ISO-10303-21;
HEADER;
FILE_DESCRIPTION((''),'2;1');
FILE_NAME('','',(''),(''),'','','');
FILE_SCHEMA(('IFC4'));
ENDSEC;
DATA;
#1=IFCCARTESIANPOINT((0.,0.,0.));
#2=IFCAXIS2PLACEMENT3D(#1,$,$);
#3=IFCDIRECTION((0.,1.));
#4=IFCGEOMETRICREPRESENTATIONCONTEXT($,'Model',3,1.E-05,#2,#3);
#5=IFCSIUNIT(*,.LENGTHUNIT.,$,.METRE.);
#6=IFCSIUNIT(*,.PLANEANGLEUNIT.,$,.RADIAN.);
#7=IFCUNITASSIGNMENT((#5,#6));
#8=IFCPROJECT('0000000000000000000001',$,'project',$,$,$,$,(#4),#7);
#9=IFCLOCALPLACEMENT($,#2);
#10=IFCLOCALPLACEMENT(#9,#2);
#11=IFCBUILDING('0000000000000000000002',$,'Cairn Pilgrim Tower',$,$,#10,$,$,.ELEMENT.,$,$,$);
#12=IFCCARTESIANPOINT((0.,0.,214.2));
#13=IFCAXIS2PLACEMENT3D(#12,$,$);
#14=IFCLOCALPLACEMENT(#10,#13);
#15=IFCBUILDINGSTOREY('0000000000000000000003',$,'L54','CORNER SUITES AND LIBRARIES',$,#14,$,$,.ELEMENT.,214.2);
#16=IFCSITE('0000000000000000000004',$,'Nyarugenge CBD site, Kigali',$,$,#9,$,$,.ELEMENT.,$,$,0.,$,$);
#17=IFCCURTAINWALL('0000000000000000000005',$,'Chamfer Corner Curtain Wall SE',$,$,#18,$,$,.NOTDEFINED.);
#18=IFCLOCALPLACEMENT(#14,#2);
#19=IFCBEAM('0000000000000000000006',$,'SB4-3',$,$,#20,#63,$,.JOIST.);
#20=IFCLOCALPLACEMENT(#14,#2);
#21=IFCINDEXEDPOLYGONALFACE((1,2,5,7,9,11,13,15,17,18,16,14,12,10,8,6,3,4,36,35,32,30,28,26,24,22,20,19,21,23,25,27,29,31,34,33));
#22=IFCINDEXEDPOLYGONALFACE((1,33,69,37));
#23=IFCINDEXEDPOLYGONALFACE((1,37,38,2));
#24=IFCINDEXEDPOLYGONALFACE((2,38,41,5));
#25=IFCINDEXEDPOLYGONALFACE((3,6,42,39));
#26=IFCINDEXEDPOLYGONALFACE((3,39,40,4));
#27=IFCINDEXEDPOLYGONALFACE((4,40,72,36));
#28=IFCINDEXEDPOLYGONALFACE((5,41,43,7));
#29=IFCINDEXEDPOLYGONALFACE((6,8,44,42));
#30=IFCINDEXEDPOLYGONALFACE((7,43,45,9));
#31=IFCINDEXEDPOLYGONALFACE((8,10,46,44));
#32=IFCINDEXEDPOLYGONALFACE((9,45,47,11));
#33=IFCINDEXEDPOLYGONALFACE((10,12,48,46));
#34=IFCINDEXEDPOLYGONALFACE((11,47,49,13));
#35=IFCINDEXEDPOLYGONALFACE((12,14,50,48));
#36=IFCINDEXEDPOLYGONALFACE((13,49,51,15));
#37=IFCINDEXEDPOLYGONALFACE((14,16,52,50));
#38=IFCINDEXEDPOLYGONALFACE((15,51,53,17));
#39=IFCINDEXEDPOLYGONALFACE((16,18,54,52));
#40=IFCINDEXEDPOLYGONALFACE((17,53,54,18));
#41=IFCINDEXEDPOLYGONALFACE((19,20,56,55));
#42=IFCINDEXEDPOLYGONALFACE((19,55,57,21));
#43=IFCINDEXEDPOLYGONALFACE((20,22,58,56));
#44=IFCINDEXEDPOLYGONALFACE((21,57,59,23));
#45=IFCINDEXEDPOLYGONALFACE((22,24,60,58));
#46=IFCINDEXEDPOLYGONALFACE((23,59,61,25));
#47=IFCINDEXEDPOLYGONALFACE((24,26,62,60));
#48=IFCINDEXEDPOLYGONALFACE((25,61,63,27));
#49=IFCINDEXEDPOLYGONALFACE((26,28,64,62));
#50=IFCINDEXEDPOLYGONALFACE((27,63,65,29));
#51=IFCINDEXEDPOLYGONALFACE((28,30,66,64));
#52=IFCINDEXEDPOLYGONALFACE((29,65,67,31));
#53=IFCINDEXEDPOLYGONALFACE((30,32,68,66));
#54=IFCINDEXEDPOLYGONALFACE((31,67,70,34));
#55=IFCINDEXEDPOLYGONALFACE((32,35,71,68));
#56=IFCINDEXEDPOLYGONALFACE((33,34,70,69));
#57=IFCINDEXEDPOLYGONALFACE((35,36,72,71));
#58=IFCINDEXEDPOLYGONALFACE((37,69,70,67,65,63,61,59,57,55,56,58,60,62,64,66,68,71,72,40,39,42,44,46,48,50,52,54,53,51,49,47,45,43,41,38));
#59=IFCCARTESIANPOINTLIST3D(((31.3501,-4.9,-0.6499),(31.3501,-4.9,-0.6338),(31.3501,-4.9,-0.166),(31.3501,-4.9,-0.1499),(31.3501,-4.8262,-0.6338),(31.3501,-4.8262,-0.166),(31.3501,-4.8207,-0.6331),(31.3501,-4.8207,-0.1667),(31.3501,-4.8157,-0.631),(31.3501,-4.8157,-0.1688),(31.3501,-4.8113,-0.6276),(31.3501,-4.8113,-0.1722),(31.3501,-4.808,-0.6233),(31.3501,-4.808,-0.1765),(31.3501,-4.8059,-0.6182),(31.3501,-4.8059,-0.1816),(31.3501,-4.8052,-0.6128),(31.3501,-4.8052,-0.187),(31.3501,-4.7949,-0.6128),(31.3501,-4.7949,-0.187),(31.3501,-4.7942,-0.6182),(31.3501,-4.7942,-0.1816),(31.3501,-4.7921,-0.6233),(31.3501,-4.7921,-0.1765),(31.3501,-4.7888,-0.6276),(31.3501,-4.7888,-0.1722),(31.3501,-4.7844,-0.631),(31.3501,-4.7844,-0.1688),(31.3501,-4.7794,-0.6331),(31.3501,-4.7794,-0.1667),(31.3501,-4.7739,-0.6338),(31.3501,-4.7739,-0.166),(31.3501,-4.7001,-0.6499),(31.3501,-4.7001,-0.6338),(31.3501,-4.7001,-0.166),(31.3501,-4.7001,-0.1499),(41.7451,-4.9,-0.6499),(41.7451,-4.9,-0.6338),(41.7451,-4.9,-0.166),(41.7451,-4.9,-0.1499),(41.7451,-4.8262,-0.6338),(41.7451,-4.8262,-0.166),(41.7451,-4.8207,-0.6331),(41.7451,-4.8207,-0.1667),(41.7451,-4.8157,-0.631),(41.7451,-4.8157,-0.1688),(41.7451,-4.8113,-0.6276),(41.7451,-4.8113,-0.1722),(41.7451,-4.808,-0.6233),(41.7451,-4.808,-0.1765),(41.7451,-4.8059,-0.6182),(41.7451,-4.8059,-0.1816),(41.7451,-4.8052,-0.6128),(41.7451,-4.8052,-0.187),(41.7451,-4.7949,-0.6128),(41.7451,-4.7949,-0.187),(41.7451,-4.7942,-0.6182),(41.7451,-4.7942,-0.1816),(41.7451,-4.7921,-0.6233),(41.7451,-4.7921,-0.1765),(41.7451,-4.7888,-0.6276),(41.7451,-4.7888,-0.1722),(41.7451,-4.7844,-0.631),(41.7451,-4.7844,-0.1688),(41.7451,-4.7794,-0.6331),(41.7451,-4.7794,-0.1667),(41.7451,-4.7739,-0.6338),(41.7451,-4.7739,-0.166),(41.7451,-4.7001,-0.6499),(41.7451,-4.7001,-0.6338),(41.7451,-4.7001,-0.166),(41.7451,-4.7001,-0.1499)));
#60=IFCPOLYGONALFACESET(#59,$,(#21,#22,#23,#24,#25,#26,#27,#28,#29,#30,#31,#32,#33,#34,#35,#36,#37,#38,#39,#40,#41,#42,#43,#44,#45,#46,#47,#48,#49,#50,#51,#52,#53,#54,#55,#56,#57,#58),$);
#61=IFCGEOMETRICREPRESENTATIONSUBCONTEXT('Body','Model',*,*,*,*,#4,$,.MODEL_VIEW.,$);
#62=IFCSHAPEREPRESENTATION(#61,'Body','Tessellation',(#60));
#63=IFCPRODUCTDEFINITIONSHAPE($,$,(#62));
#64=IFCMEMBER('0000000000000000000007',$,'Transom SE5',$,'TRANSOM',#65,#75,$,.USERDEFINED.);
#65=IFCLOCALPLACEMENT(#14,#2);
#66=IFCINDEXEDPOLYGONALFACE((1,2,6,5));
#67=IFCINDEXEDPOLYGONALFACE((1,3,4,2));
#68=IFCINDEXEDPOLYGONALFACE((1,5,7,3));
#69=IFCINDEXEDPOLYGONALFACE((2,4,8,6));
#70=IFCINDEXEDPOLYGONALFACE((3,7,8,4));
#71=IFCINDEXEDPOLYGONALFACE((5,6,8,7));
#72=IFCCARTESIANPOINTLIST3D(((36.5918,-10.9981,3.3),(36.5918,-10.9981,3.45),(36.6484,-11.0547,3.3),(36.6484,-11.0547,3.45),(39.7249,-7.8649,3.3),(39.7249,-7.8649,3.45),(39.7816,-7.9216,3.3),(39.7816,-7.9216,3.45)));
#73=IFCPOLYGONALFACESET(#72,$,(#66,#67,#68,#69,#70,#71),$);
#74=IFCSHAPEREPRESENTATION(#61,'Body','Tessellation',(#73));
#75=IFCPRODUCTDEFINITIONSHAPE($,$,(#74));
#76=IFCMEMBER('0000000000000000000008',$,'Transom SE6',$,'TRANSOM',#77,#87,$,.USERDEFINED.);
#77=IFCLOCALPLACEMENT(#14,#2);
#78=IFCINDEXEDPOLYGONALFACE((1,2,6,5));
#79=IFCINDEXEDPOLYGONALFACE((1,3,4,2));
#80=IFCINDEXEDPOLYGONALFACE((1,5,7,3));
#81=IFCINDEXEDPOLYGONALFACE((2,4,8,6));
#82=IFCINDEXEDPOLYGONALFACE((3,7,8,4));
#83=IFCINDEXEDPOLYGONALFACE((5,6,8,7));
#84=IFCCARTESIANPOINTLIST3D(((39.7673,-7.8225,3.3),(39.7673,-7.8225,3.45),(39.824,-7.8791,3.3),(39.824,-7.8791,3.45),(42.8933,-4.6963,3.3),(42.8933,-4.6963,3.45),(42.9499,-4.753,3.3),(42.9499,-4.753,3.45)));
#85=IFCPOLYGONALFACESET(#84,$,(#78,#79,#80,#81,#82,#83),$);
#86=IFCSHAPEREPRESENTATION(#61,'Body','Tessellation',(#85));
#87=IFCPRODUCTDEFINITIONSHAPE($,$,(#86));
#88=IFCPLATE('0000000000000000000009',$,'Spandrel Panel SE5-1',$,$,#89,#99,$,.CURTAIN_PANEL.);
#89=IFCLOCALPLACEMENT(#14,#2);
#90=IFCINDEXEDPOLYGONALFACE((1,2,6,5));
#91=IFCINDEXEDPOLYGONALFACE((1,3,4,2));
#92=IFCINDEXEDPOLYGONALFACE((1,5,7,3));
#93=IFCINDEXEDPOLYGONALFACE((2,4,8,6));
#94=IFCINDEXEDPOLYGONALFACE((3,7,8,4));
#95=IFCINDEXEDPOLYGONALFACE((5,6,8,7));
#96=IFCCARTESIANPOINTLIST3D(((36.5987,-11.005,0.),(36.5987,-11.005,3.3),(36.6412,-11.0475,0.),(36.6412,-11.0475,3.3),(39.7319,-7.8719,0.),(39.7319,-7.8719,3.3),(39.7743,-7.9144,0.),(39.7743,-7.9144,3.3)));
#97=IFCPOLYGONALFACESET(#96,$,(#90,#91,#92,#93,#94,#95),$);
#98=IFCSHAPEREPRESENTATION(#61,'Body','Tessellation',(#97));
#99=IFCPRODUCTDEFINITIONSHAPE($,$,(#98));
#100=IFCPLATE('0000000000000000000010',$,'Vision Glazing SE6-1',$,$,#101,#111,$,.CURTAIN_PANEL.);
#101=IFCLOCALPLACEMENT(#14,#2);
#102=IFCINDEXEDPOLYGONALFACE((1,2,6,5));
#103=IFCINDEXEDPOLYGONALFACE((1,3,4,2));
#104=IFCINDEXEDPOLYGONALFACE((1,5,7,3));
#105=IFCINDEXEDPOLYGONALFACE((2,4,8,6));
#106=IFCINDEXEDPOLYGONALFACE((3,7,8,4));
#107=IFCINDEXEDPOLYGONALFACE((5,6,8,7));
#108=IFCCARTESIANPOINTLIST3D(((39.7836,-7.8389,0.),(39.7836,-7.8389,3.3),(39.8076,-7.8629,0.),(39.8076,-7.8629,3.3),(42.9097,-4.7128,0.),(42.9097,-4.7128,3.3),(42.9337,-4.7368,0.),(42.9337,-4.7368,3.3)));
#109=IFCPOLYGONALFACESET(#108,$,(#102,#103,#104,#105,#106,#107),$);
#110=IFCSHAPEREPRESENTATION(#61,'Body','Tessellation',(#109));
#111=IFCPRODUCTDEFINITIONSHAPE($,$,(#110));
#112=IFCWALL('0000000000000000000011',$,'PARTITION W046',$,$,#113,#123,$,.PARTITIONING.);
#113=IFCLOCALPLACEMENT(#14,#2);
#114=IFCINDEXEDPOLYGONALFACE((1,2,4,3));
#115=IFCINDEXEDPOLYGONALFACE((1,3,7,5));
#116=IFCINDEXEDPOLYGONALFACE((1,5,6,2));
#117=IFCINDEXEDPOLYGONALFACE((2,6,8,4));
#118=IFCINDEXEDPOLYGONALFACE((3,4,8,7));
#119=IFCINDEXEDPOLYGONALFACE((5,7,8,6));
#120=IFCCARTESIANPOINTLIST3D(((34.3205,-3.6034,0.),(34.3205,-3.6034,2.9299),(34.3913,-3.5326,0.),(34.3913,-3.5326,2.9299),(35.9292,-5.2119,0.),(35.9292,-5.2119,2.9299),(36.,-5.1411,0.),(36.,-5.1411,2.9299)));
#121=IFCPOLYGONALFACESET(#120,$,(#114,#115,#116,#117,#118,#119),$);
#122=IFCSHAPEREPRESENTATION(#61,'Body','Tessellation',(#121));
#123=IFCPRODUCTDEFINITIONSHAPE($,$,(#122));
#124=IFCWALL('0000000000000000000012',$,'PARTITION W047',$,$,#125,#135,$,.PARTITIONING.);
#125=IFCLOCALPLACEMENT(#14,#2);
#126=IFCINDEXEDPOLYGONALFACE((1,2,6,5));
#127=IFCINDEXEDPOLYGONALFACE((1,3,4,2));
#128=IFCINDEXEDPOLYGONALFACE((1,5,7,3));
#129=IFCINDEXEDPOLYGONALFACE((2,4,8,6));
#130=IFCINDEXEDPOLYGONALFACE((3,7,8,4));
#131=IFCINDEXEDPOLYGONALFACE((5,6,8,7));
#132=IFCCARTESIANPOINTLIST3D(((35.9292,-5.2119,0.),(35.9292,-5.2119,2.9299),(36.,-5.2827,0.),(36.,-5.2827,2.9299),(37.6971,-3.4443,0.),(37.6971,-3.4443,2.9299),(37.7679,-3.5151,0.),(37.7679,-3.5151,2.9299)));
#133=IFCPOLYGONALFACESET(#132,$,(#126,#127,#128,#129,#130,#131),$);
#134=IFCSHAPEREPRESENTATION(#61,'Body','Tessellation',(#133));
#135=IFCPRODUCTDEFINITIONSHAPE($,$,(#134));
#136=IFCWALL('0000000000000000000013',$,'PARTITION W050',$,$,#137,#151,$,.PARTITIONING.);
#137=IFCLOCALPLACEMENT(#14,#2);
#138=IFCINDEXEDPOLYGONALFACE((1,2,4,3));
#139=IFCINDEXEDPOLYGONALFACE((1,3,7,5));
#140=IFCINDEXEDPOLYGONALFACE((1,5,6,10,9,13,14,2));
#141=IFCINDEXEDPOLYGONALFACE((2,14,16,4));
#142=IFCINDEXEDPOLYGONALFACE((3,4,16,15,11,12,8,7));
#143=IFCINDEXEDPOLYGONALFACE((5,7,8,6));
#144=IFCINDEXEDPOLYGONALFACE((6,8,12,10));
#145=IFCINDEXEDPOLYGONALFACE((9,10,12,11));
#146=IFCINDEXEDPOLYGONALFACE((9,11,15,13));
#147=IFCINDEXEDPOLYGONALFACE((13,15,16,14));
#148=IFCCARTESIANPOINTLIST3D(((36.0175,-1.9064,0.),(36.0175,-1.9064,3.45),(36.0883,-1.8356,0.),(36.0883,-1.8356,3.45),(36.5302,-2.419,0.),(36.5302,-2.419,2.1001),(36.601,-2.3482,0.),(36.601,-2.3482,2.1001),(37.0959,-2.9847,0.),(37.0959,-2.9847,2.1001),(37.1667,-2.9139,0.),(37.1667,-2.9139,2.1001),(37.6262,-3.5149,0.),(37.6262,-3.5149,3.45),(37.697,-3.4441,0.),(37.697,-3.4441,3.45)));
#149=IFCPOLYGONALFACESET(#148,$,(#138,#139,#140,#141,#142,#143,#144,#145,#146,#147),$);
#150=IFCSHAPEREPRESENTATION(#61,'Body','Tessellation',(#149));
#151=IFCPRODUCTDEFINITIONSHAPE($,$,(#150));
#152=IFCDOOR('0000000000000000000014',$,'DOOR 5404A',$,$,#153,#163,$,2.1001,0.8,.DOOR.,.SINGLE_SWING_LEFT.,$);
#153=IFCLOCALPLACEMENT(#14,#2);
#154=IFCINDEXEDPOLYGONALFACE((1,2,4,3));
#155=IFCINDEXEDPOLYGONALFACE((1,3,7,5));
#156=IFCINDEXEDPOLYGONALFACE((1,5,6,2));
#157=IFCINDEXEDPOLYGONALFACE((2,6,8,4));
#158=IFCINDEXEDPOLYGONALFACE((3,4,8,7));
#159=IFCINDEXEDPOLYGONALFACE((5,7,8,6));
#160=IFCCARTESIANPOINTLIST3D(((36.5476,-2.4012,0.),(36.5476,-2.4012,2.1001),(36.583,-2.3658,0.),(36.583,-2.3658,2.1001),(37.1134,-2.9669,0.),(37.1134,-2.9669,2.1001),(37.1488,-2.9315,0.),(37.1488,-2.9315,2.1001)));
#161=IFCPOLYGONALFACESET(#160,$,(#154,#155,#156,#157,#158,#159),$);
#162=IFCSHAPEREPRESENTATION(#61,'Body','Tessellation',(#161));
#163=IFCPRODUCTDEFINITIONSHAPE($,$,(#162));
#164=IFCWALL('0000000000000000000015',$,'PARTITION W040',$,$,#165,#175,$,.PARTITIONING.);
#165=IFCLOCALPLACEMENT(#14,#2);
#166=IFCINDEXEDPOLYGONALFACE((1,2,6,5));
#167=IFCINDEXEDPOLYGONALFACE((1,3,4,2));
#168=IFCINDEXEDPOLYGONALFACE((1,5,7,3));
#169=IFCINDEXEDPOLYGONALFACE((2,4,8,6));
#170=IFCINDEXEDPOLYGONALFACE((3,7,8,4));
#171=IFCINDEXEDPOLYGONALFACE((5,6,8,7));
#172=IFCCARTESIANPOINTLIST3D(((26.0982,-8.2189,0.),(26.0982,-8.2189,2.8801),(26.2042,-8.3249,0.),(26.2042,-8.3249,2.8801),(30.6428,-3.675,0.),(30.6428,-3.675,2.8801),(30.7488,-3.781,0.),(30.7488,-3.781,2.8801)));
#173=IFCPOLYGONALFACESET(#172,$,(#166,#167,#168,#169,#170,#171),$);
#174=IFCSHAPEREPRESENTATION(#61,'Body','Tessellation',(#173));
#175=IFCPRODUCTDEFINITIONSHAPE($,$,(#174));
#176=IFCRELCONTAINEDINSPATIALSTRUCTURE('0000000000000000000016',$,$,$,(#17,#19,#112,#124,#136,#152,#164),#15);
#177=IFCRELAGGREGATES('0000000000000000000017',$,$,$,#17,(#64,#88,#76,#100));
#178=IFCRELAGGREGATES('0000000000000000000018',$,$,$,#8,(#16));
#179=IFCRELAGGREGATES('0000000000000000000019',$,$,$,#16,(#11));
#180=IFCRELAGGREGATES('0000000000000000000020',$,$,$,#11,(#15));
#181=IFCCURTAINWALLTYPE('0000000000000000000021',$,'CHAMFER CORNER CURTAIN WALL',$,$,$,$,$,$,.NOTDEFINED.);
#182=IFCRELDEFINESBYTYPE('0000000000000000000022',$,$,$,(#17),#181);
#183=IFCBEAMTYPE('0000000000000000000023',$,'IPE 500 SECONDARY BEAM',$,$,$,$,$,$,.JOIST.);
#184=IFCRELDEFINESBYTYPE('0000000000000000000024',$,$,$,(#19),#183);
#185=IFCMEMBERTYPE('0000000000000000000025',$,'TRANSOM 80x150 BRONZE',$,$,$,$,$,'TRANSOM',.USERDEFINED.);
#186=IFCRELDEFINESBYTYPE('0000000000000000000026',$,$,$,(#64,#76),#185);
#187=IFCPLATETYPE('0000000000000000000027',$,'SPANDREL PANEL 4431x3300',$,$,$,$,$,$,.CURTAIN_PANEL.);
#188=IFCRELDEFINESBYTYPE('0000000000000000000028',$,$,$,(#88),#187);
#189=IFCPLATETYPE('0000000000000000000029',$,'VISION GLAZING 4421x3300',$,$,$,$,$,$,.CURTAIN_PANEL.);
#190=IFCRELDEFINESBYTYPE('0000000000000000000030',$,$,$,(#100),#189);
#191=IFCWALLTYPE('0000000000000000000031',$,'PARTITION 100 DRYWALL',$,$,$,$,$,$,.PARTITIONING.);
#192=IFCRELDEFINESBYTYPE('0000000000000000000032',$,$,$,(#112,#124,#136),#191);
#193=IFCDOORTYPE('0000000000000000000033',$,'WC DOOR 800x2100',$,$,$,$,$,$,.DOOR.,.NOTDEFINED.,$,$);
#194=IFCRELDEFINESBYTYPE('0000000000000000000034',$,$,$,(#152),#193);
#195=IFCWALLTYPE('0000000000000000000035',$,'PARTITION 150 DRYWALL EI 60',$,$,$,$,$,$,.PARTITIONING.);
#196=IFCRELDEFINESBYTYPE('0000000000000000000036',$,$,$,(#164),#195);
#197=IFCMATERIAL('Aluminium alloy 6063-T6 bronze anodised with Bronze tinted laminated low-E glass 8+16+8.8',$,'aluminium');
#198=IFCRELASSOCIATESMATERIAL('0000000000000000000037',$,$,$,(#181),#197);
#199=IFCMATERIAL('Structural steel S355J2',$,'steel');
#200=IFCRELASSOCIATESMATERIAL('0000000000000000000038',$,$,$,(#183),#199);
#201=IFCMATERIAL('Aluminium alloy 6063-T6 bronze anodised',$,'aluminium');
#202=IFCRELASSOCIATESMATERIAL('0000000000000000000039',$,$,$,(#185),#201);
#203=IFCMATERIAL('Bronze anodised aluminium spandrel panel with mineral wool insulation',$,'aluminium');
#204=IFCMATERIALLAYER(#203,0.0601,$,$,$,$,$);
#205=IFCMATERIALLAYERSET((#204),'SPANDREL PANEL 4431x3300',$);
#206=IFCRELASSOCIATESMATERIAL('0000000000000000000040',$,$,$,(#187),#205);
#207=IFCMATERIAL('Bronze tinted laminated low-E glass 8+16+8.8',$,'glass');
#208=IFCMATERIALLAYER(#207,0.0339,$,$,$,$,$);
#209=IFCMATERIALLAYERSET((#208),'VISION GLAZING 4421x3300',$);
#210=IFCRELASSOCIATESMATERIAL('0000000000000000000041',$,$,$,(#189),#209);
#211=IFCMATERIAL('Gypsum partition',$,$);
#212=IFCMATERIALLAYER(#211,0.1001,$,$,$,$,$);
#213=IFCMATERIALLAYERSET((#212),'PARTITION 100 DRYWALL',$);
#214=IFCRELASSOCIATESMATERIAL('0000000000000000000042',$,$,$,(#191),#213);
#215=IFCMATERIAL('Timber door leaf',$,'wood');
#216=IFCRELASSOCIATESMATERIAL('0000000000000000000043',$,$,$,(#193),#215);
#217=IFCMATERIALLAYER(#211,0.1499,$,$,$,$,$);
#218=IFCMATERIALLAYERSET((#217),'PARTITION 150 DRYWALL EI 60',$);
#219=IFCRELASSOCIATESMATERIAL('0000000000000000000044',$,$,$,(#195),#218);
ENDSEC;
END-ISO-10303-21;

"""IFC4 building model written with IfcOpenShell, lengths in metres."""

from ifc_helpers import new_model, si_unit, direction, frame, frame_2d, origin, origin_2d, place, context, subcontext, project, spatial, rectangle, i_section, extrude, material, layer, layer_set, material_profile, profile_set, type_object, element, fill, aggregate, save


model = new_model("IFC4")

# Units and contexts
model_context = context("Model", 3, precision=1e-05, world=origin(), true_north=direction((0.0, 1.0)))
body_context = subcontext(model_context, "Body", "Model", "MODEL_VIEW")
ifc_project = project(units=[si_unit("LENGTHUNIT", "METRE"), si_unit("PLANEANGLEUNIT", "RADIAN")], contexts=[model_context])

# Site, building, storey
site_placement = place(None, origin())
site = spatial("IfcSite", under=ifc_project, at=site_placement, Name="Nyarugenge CBD site, Kigali", CompositionType="ELEMENT", RefElevation=0.0)
building_placement = place(site_placement, origin())
building = spatial("IfcBuilding", under=site, at=building_placement, Name="Cairn Pilgrim Tower", CompositionType="ELEMENT")
storey_placement = place(building_placement, frame((0.0, 0.0, 214.2)))
storey = spatial("IfcBuildingStorey", under=building, at=storey_placement, Name="L54", Description="CORNER SUITES AND LIBRARIES", CompositionType="ELEMENT", Elevation=214.2)

# Shared definitions
ifc_material_1 = material(Name="Structural steel S355J2", Category="steel")

# Curtain wall
ifc_material_2 = material(Name="Aluminium alloy 6063-T6 bronze anodised with Bronze tinted laminated low-E glass 8+16+8.8", Category="aluminium")
curtain_wall_type_1 = type_object("IfcCurtainWallType", Name="CHAMFER CORNER CURTAIN WALL", PredefinedType="NOTDEFINED", material=ifc_material_2)
curtain_wall_1_placement = place(storey_placement, origin())
curtain_wall_1 = element("IfcCurtainWall", 1, at=curtain_wall_1_placement, inside=storey, type_object=curtain_wall_type_1, Name="Chamfer Corner Curtain Wall SE", PredefinedType="NOTDEFINED")
ifc_material_3 = material(Name="Aluminium alloy 6063-T6 bronze anodised", Category="aluminium")

# Beam
ifc_material_profile_1 = material_profile(ifc_material_1, i_section(OverallWidth=0.2, OverallDepth=0.5, WebThickness=0.0103, FlangeThickness=0.0161, FilletRadius=0.021, at=origin_2d()), Name="IPE 500")
ifc_profile_set_1 = profile_set([ifc_material_profile_1], Name="Structural steel S355J2")
beam_type_1 = type_object("IfcBeamType", Name="IPE 500 SECONDARY BEAM", PredefinedType="JOIST", material=ifc_profile_set_1)
beam_1_placement = place(storey_placement, frame((31.3501, -4.8, -0.3999), z_axis=(1.0, 0.0, 0.0), x_axis=(0.0, 1.0, 0.0)))
element("IfcBeam", 2, at=beam_1_placement, inside=storey, type_object=beam_type_1, Name="SB4-3", PredefinedType="JOIST", context=body_context, shape_type="SweptSolid", body=[
    extrude(i_section(OverallWidth=0.2, OverallDepth=0.5, WebThickness=0.0103, FlangeThickness=0.0161, FilletRadius=0.021, at=origin_2d()), origin(), (0.0, 0.0, 1.0), 10.395),
])

# Members
ifc_material_profile_2 = material_profile(ifc_material_3, rectangle(XDim=0.0801, YDim=0.1499, at=origin_2d()), Name="TRANSOM 80x150 BRONZE")
ifc_profile_set_2 = profile_set([ifc_material_profile_2], Name="Aluminium alloy 6063-T6 bronze anodised")
member_type_1 = type_object("IfcMemberType", Name="TRANSOM 80x150 BRONZE", ElementType="TRANSOM", PredefinedType="USERDEFINED", material=ifc_profile_set_2)
member_1_placement = place(storey_placement, frame((36.6201, -11.0264, 3.375), z_axis=(0.707107, 0.707107, 0.0), x_axis=(-0.707107, 0.707107, 0.0)))
member_1 = element("IfcMember", 3, at=member_1_placement, type_object=member_type_1, Name="Transom SE5", ObjectType="TRANSOM", PredefinedType="USERDEFINED", context=body_context, shape_type="SweptSolid", body=[
    extrude(rectangle(XDim=0.0801, YDim=0.1499, at=origin_2d()), origin(), (0.0, 0.0, 1.0), 4.4309),
])
member_2_placement = place(storey_placement, frame((39.7957, -7.8508, 3.375), z_axis=(0.707079, 0.707134, 0.0), x_axis=(-0.707134, 0.707079, 0.0)))
member_2 = element("IfcMember", 4, at=member_2_placement, type_object=member_type_1, Name="Transom SE6", ObjectType="TRANSOM", PredefinedType="USERDEFINED", context=body_context, shape_type="SweptSolid", body=[
    extrude(rectangle(XDim=0.0801, YDim=0.1499, at=origin_2d()), origin(), (0.0, 0.0, 1.0), 4.4209),
])

# Plates
ifc_material_4 = material(Name="Bronze anodised aluminium spandrel panel with mineral wool insulation", Category="aluminium")
ifc_layer_1 = layer(ifc_material_4, 0.0601)
ifc_layer_set_1 = layer_set([ifc_layer_1], Name="SPANDREL PANEL 4431x3300")
plate_type_1 = type_object("IfcPlateType", Name="SPANDREL PANEL 4431x3300", PredefinedType="CURTAIN_PANEL", material=ifc_layer_set_1)
plate_1_placement = place(storey_placement, frame((38.1865, -9.4597, 0.0), z_axis=(0.0, 0.0, 1.0), x_axis=(0.707107, 0.707107, 0.0)))
plate_1 = element("IfcPlate", 5, at=plate_1_placement, type_object=plate_type_1, Name="Spandrel Panel SE5-1", PredefinedType="CURTAIN_PANEL", context=body_context, shape_type="SweptSolid", body=[
    extrude(rectangle(XDim=4.4309, YDim=0.0601, at=origin_2d()), origin(), (0.0, 0.0, 1.0), 3.3),
])
ifc_material_5 = material(Name="Bronze tinted laminated low-E glass 8+16+8.8", Category="glass")
ifc_layer_2 = layer(ifc_material_5, 0.0339)
ifc_layer_set_2 = layer_set([ifc_layer_2], Name="VISION GLAZING 4421x3300")
plate_type_2 = type_object("IfcPlateType", Name="VISION GLAZING 4421x3300", PredefinedType="CURTAIN_PANEL", material=ifc_layer_set_2)
plate_2_placement = place(storey_placement, frame((41.3586, -6.2878, 0.0), z_axis=(0.0, 0.0, 1.0), x_axis=(0.707107, 0.707107, 0.0)))
plate_2 = element("IfcPlate", 6, at=plate_2_placement, type_object=plate_type_2, Name="Vision Glazing SE6-1", PredefinedType="CURTAIN_PANEL", context=body_context, shape_type="SweptSolid", body=[
    extrude(rectangle(XDim=4.4209, YDim=0.0339, at=origin_2d()), origin(), (0.0, 0.0, 1.0), 3.3),
])
aggregate(curtain_wall_1, [member_1, plate_1, member_2, plate_2])

# Walls
ifc_material_6 = material(Name="Gypsum partition")
ifc_layer_3 = layer(ifc_material_6, 0.1001)
ifc_layer_set_3 = layer_set([ifc_layer_3], Name="PARTITION 100 DRYWALL")
wall_type_1 = type_object("IfcWallType", Name="PARTITION 100 DRYWALL", PredefinedType="PARTITIONING", material=ifc_layer_set_3)
wall_1_placement = place(storey_placement, frame((35.9646, -5.1765, 0.0), z_axis=(0.0, 0.0, 1.0), x_axis=(-0.70716, 0.707053, 0.0)))
element("IfcWall", 7, at=wall_1_placement, inside=storey, type_object=wall_type_1, Name="PARTITION W046", PredefinedType="PARTITIONING", context=body_context, shape_type="SweptSolid", body=[
    extrude(rectangle(XDim=2.2749, YDim=0.1001, at=frame_2d((1.1375, 0.0))), origin(), (0.0, 0.0, 1.0), 2.9299),
])
wall_2_placement = place(storey_placement, frame((35.9646, -5.2473, 0.0), z_axis=(0.0, 0.0, 1.0), x_axis=(0.707156, 0.707058, 0.0)))
element("IfcWall", 8, at=wall_2_placement, inside=storey, type_object=wall_type_1, Name="PARTITION W047", PredefinedType="PARTITIONING", context=body_context, shape_type="SweptSolid", body=[
    extrude(rectangle(XDim=2.5, YDim=0.1001, at=frame_2d((1.25, 0.0))), origin(), (0.0, 0.0, 1.0), 2.9299),
])

# Wall, opening, door
wall_3_placement = place(storey_placement, frame((37.6616, -3.4795, 0.0), z_axis=(0.0, 0.0, 1.0), x_axis=(-0.70716, 0.707053, 0.0)))
wall_3 = element("IfcWall", 9, at=wall_3_placement, inside=storey, type_object=wall_type_1, Name="PARTITION W050", PredefinedType="PARTITIONING", context=body_context, shape_type="SweptSolid", body=[
    extrude(rectangle(XDim=2.2749, YDim=0.1001, at=frame_2d((1.1375, 0.0))), origin(), (0.0, 0.0, 1.0), 3.45),
])
opening_1_placement = place(wall_3_placement, frame((0.75, 0.0, 0.0)))
opening_1 = element("IfcOpeningElement", 10, at=opening_1_placement, cuts=wall_3, PredefinedType="OPENING", context=body_context, shape_type="SweptSolid", body=[
    extrude(rectangle(XDim=0.8, YDim=2.1001, at=frame_2d((0.3999, 1.05))), frame((0.0, 0.0601, 0.0), z_axis=(0.0, -1.0, 0.0), x_axis=(1.0, 0.0, 0.0)), (0.0, 0.0, 1.0), 0.1201),
])
ifc_material_7 = material(Name="Timber door leaf", Category="wood")
door_type_1 = type_object("IfcDoorType", Name="WC DOOR 800x2100", OperationType="NOTDEFINED", PredefinedType="DOOR", material=ifc_material_7)
door_1_placement = place(opening_1_placement, frame((0.8, 0.0, 0.0), z_axis=(0.0, 0.0, 1.0), x_axis=(-1.0, 0.0, 0.0)))
door_1 = element("IfcDoor", 11, at=door_1_placement, inside=storey, type_object=door_type_1, Name="DOOR 5404A", OperationType="SINGLE_SWING_LEFT", OverallHeight=2.1001, OverallWidth=0.8, PredefinedType="DOOR", context=body_context, shape_type="SweptSolid", body=[
    extrude(rectangle(XDim=0.8, YDim=2.1001, at=frame_2d((0.3999, 1.05))), frame((0.0, 0.0249, 0.0), z_axis=(0.0, -1.0, 0.0), x_axis=(1.0, 0.0, 0.0)), (0.0, 0.0, 1.0), 0.05),
])
fill(opening_1, door_1)

# Wall
ifc_layer_4 = layer(ifc_material_6, 0.1499)
ifc_layer_set_4 = layer_set([ifc_layer_4], Name="PARTITION 150 DRYWALL EI 60")
wall_type_2 = type_object("IfcWallType", Name="PARTITION 150 DRYWALL EI 60", PredefinedType="PARTITIONING", material=ifc_layer_set_4)
wall_4_placement = place(storey_placement, frame((26.1511, -8.272, 0.0), z_axis=(0.0, 0.0, 1.0), x_axis=(0.707164, 0.70705, 0.0)))
element("IfcWall", 12, at=wall_4_placement, inside=storey, type_object=wall_type_2, Name="PARTITION W040", PredefinedType="PARTITIONING", context=body_context, shape_type="SweptSolid", body=[
    extrude(rectangle(XDim=6.4265, YDim=0.1499, at=frame_2d((3.2134, 0.0))), origin(), (0.0, 0.0, 1.0), 2.8801),
])

save(model, "model.ifc")
